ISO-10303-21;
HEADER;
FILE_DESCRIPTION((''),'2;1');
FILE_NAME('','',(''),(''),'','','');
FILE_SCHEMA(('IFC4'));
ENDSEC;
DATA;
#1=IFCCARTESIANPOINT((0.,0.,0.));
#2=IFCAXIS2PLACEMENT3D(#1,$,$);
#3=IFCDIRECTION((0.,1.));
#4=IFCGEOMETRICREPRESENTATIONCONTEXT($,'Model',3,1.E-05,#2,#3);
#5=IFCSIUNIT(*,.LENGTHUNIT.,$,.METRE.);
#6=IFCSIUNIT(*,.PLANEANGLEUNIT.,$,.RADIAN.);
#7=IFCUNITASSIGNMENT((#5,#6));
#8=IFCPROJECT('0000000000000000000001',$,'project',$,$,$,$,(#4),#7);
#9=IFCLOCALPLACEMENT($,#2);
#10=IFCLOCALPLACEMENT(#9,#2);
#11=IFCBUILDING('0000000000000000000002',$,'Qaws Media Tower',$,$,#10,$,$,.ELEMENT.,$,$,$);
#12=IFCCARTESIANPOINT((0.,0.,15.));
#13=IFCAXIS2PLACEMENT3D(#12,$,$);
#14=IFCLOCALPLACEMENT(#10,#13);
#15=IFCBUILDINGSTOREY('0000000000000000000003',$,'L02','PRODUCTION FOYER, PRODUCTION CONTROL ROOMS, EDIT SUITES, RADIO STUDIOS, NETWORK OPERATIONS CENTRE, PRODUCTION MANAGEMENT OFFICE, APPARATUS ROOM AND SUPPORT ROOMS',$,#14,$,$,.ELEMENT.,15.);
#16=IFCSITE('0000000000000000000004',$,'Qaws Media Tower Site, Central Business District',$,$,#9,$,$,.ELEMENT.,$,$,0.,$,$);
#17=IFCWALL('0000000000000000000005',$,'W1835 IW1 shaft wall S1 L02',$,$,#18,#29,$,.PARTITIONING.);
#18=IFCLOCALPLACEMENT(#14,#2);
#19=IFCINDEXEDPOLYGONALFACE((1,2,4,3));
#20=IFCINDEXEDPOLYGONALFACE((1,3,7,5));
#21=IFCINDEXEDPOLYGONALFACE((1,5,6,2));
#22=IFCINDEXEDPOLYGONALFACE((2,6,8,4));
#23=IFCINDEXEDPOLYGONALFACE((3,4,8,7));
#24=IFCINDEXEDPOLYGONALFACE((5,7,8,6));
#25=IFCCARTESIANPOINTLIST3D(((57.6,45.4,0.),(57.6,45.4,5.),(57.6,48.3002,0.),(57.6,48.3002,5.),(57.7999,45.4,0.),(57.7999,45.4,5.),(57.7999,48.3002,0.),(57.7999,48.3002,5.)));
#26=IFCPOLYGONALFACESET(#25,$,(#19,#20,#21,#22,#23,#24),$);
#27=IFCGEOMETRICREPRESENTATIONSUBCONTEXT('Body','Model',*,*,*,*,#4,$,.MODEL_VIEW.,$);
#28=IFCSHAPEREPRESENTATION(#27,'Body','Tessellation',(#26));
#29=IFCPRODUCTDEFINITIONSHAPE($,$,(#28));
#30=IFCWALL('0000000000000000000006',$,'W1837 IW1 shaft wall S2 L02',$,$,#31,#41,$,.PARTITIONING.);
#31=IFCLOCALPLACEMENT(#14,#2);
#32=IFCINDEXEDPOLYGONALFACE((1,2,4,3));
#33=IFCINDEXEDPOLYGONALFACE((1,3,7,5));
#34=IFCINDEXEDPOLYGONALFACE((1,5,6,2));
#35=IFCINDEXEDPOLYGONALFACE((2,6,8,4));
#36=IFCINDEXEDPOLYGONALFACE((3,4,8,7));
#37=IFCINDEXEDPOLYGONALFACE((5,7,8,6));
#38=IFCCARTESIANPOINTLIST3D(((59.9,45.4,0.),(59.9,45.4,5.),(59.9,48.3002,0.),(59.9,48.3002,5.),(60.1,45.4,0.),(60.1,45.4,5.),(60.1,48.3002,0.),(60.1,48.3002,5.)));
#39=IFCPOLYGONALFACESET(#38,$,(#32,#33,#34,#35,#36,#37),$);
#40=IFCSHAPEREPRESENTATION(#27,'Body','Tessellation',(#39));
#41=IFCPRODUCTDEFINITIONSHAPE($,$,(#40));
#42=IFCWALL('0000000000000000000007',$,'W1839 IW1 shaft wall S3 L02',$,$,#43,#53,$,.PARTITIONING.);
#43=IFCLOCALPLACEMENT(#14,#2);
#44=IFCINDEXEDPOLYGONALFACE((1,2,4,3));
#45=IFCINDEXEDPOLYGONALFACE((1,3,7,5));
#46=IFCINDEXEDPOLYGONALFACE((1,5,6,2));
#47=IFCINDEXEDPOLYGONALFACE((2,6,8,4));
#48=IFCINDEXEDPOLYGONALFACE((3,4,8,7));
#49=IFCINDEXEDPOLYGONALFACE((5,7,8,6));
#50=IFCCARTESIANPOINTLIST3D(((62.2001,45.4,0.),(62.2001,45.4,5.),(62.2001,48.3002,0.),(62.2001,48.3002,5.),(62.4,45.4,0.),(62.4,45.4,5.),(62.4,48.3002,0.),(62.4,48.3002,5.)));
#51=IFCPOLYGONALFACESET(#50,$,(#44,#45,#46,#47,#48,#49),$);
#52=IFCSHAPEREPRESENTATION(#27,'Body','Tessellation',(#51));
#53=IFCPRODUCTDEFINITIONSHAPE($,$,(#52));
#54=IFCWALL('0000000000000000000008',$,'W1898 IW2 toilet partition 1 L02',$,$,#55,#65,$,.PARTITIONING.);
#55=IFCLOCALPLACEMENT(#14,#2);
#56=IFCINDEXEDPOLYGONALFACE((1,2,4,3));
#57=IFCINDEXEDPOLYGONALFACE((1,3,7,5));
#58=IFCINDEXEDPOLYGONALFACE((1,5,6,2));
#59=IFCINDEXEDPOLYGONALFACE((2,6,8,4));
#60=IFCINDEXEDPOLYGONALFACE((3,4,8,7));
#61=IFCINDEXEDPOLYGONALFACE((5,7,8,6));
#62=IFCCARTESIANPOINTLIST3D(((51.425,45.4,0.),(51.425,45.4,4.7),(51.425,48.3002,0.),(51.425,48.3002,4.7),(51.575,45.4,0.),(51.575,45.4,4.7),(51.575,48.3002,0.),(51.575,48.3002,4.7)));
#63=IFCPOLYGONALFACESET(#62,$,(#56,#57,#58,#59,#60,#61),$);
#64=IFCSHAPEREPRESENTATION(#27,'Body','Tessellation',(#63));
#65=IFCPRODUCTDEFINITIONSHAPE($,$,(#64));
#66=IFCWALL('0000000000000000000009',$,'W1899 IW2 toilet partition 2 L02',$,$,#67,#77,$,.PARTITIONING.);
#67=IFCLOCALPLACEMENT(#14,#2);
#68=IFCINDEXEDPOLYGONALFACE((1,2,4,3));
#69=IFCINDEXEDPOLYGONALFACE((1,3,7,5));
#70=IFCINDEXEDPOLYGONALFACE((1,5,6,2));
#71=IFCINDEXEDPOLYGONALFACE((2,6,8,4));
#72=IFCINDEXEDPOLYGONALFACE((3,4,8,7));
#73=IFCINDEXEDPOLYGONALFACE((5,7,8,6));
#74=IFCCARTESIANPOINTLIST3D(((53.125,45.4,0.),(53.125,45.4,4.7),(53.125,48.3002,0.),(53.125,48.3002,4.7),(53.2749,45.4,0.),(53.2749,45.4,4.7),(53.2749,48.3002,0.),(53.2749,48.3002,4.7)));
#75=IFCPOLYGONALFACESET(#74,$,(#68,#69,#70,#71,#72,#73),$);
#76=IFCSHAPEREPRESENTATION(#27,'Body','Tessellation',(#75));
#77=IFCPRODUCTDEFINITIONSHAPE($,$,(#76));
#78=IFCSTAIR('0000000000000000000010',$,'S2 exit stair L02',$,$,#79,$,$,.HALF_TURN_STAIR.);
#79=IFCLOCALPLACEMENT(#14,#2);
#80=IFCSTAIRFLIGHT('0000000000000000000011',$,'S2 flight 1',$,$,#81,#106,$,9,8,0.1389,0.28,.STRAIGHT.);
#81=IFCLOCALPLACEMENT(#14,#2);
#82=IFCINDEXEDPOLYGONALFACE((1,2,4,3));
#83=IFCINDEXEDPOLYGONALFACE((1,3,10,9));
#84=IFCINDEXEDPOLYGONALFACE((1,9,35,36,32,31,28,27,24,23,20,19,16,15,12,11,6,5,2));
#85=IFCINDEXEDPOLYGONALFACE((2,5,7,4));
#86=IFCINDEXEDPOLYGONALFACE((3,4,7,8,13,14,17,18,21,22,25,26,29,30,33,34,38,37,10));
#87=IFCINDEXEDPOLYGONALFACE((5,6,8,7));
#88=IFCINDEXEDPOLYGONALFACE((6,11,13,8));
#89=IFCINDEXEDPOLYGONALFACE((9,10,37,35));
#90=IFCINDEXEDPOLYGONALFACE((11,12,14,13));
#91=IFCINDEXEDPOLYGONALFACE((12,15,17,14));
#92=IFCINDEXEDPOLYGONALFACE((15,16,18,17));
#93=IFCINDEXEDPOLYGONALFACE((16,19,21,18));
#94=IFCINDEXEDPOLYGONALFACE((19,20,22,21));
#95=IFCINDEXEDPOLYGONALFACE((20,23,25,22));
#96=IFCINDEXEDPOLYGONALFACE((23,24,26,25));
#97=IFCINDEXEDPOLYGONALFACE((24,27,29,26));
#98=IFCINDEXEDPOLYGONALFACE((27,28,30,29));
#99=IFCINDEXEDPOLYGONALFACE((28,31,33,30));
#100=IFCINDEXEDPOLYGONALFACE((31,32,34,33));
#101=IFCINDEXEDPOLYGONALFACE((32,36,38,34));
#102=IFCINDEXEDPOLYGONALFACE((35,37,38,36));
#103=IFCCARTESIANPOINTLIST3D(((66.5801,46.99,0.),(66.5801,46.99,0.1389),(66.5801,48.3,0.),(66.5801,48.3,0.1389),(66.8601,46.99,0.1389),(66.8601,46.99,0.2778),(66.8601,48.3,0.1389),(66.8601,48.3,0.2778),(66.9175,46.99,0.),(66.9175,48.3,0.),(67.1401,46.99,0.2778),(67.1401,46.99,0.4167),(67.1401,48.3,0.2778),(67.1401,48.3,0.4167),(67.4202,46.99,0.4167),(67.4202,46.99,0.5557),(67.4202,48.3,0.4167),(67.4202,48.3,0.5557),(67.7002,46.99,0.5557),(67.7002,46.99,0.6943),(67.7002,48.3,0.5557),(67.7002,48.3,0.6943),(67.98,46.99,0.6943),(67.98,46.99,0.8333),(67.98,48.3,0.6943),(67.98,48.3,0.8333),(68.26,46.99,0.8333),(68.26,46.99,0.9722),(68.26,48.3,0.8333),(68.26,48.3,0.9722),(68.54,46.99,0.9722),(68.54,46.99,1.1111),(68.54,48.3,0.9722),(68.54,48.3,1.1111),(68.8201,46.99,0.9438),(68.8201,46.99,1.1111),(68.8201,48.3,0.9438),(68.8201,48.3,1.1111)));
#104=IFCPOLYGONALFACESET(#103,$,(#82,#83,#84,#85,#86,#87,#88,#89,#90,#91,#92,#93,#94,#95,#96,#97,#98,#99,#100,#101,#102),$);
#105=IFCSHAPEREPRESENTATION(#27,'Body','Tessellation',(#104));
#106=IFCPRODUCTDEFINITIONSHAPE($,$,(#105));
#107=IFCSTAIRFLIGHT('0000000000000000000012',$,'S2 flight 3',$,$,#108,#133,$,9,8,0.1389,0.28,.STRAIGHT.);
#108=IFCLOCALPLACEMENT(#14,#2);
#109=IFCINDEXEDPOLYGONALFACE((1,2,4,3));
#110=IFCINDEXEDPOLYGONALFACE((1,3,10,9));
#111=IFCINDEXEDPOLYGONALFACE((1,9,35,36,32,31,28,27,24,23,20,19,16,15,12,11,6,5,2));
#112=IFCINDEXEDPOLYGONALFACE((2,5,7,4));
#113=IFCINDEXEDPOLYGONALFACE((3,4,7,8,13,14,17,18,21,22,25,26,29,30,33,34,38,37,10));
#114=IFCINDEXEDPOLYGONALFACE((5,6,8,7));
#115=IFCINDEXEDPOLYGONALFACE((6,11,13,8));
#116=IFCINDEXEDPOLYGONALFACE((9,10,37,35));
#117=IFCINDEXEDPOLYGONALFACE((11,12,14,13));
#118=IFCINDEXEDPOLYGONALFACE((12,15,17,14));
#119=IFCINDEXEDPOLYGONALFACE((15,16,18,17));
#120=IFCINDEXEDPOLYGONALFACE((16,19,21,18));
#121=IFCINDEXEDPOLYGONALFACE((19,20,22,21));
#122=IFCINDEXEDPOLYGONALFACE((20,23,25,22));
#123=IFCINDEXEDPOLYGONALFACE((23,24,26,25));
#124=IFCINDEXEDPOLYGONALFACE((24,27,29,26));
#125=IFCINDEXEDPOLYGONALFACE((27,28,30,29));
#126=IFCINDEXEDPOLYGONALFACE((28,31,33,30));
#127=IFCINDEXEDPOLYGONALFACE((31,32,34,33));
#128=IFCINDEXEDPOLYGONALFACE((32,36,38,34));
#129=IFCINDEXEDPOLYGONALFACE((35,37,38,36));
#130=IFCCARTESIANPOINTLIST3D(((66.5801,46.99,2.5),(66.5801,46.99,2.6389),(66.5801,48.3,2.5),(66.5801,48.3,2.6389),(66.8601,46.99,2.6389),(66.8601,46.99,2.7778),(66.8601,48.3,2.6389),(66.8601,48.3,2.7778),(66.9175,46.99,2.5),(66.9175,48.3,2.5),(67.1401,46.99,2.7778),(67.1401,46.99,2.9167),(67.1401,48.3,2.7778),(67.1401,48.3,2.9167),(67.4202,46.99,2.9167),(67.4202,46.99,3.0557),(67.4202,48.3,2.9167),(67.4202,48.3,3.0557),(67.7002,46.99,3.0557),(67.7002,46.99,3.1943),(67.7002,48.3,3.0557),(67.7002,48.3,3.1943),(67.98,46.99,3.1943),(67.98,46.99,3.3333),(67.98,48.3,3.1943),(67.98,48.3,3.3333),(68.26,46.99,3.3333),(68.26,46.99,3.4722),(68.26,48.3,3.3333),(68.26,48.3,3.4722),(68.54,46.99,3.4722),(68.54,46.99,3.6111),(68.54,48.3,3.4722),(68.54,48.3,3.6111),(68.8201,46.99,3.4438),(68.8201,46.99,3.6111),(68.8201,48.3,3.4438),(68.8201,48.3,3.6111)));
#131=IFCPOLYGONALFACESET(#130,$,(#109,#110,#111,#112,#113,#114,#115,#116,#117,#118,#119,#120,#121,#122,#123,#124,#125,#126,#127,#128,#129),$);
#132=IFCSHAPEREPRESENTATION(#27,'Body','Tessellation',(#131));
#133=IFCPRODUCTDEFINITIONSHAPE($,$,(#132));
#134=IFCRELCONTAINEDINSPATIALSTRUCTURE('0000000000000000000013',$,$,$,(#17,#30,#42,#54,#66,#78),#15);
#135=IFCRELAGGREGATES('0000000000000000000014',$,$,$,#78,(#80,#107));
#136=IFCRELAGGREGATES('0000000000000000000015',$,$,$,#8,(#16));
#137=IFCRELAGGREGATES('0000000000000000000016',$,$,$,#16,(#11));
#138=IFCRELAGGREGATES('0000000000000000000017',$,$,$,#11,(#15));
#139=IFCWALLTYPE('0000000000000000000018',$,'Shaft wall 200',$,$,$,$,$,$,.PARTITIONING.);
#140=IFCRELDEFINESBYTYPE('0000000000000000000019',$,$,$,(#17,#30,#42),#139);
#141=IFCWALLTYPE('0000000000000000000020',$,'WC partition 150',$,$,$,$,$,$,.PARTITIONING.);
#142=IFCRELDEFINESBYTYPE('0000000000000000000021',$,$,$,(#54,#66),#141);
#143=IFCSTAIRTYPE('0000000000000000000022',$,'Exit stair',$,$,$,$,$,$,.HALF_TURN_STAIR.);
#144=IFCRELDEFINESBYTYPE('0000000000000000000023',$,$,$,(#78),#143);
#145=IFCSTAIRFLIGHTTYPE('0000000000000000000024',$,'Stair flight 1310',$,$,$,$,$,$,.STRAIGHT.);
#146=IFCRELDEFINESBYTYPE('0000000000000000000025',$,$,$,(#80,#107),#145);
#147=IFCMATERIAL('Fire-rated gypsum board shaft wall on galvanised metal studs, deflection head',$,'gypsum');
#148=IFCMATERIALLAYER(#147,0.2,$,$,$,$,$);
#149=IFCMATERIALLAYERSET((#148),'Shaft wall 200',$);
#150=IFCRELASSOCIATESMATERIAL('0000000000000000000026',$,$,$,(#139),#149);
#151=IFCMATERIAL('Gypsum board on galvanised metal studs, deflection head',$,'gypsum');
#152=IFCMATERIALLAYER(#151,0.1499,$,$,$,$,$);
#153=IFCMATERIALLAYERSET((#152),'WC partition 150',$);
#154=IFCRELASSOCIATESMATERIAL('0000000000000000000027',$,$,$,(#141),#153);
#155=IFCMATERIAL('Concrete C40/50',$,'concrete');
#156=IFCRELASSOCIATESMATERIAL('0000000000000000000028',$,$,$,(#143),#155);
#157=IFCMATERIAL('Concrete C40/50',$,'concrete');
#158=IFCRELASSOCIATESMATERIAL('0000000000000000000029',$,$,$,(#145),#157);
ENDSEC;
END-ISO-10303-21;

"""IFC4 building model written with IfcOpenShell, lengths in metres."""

from ifc_helpers import new_model, si_unit, direction, frame, frame_2d, origin, place, context, subcontext, project, spatial, polyline, rectangle, outline, extrude, material, layer, layer_set, type_object, element, aggregate, save


model = new_model("IFC4")

# Units and contexts
model_context = context("Model", 3, precision=1e-05, world=origin(), true_north=direction((0.0, 1.0)))
body_context = subcontext(model_context, "Body", "Model", "MODEL_VIEW")
ifc_project = project(units=[si_unit("LENGTHUNIT", "METRE"), si_unit("PLANEANGLEUNIT", "RADIAN")], contexts=[model_context])

# Site, building, storey
site_placement = place(None, origin())
site = spatial("IfcSite", under=ifc_project, at=site_placement, Name="Qaws Media Tower Site, Central Business District", CompositionType="ELEMENT", RefElevation=0.0)
building_placement = place(site_placement, origin())
building = spatial("IfcBuilding", under=site, at=building_placement, Name="Qaws Media Tower", CompositionType="ELEMENT")
storey_placement = place(building_placement, frame((0.0, 0.0, 15.0)))
storey = spatial("IfcBuildingStorey", under=building, at=storey_placement, Name="L02", Description="PRODUCTION FOYER, PRODUCTION CONTROL ROOMS, EDIT SUITES, RADIO STUDIOS, NETWORK OPERATIONS CENTRE, PRODUCTION MANAGEMENT OFFICE, APPARATUS ROOM AND SUPPORT ROOMS", CompositionType="ELEMENT", Elevation=15.0)

# Walls
ifc_material_1 = material(Name="Fire-rated gypsum board shaft wall on galvanised metal studs, deflection head", Category="gypsum")
ifc_layer_1 = layer(ifc_material_1, 0.2)
ifc_layer_set_1 = layer_set([ifc_layer_1], Name="Shaft wall 200")
wall_type_1 = type_object("IfcWallType", Name="Shaft wall 200", PredefinedType="PARTITIONING", material=ifc_layer_set_1)
for number, where, z_axis, x_axis, name in (
    (1, (57.7, 45.3999, 0.0), (0.0, 0.0, 1.0), (0.0, 1.0, 0.0), "W1835 IW1 shaft wall S1 L02"),
    (2, (60.0, 45.3999, 0.0), (0.0, 0.0, 1.0), (0.0, 1.0, 0.0), "W1837 IW1 shaft wall S2 L02"),
    (3, (62.3, 45.3999, 0.0), (0.0, 0.0, 1.0), (0.0, 1.0, 0.0), "W1839 IW1 shaft wall S3 L02"),
):
    element("IfcWall", number, at=place(storey_placement, frame(where, z_axis=z_axis, x_axis=x_axis)), inside=storey, type_object=wall_type_1, Name=name, PredefinedType="PARTITIONING", context=body_context, shape_type="SweptSolid", body=[
        extrude(rectangle(XDim=2.9001, YDim=0.2, at=frame_2d((1.4502, 0.0))), origin(), (0.0, 0.0, 1.0), 5.0),
    ])
ifc_material_2 = material(Name="Gypsum board on galvanised metal studs, deflection head", Category="gypsum")
ifc_layer_2 = layer(ifc_material_2, 0.1499)
ifc_layer_set_2 = layer_set([ifc_layer_2], Name="WC partition 150")
wall_type_2 = type_object("IfcWallType", Name="WC partition 150", PredefinedType="PARTITIONING", material=ifc_layer_set_2)
for number, where, z_axis, x_axis, name in (
    (4, (51.5, 45.3999, 0.0), (0.0, 0.0, 1.0), (0.0, 1.0, 0.0), "W1898 IW2 toilet partition 1 L02"),
    (5, (53.2, 45.3999, 0.0), (0.0, 0.0, 1.0), (0.0, 1.0, 0.0), "W1899 IW2 toilet partition 2 L02"),
):
    element("IfcWall", number, at=place(storey_placement, frame(where, z_axis=z_axis, x_axis=x_axis)), inside=storey, type_object=wall_type_2, Name=name, PredefinedType="PARTITIONING", context=body_context, shape_type="SweptSolid", body=[
        extrude(rectangle(XDim=2.9001, YDim=0.1499, at=frame_2d((1.4502, 0.0))), origin(), (0.0, 0.0, 1.0), 4.7),
    ])

# Stair, stair flights
ifc_material_3 = material(Name="Concrete C40/50", Category="concrete")
stair_type = type_object("IfcStairType", Name="Exit stair", PredefinedType="HALF_TURN_STAIR", material=ifc_material_3)
stair_placement = place(storey_placement, origin())
stair = element("IfcStair", 6, at=stair_placement, inside=storey, type_object=stair_type, Name="S2 exit stair L02", PredefinedType="HALF_TURN_STAIR")
ifc_material_4 = material(Name="Concrete C40/50", Category="concrete")
stair_flight_type = type_object("IfcStairFlightType", Name="Stair flight 1310", PredefinedType="STRAIGHT", material=ifc_material_4)
stair_flight_1_placement = place(storey_placement, frame((66.5801, 47.645, 0.0), z_axis=(0.0, 0.0, 1.0), x_axis=(1.0, 0.0, 0.0)))
stair_flight_1 = element("IfcStairFlight", 7, at=stair_flight_1_placement, type_object=stair_flight_type, Name="S2 flight 1", NumberOfRisers=9, NumberOfTreads=8, PredefinedType="STRAIGHT", RiserHeight=0.1389, TreadLength=0.28, context=body_context, shape_type="SweptSolid", body=[
    extrude(outline(polyline([(0.0, 0.0), (0.0, 0.1389), (0.28, 0.1389), (0.28, 0.2778), (0.5601, 0.2778), (0.5601, 0.4167), (0.8401, 0.4167), (0.8401, 0.5557), (1.1201, 0.5557), (1.1201, 0.6943), (1.3999, 0.6943), (1.3999, 0.8333), (1.6799, 0.8333), (1.6799, 0.9722), (1.96, 0.9722), (1.96, 1.1111), (2.24, 1.1111), (2.24, 1.25), (2.24, 0.9438), (0.3374, 0.0), (0.0, 0.0)])), frame((0.0, 0.655, 0.0), z_axis=(0.0, -1.0, 0.0), x_axis=(1.0, 0.0, 0.0)), (0.0, 0.0, 1.0), 1.3101),
])
stair_flight_2_placement = place(storey_placement, frame((66.5801, 47.645, 2.5), z_axis=(0.0, 0.0, 1.0), x_axis=(1.0, 0.0, 0.0)))
stair_flight_2 = element("IfcStairFlight", 8, at=stair_flight_2_placement, type_object=stair_flight_type, Name="S2 flight 3", NumberOfRisers=9, NumberOfTreads=8, PredefinedType="STRAIGHT", RiserHeight=0.1389, TreadLength=0.28, context=body_context, shape_type="SweptSolid", body=[
    extrude(outline(polyline([(0.0, 0.0), (0.0, 0.1389), (0.28, 0.1389), (0.28, 0.2778), (0.5601, 0.2778), (0.5601, 0.4167), (0.8401, 0.4167), (0.8401, 0.5557), (1.1201, 0.5557), (1.1201, 0.6943), (1.3999, 0.6943), (1.3999, 0.8333), (1.6799, 0.8333), (1.6799, 0.9722), (1.96, 0.9722), (1.96, 1.1111), (2.24, 1.1111), (2.24, 1.25), (2.24, 0.9438), (0.3374, 0.0), (0.0, 0.0)])), frame((0.0, 0.655, 0.0), z_axis=(0.0, -1.0, 0.0), x_axis=(1.0, 0.0, 0.0)), (0.0, 0.0, 1.0), 1.3101),
])
aggregate(stair, [stair_flight_1, stair_flight_2])

save(model, "model.ifc")
